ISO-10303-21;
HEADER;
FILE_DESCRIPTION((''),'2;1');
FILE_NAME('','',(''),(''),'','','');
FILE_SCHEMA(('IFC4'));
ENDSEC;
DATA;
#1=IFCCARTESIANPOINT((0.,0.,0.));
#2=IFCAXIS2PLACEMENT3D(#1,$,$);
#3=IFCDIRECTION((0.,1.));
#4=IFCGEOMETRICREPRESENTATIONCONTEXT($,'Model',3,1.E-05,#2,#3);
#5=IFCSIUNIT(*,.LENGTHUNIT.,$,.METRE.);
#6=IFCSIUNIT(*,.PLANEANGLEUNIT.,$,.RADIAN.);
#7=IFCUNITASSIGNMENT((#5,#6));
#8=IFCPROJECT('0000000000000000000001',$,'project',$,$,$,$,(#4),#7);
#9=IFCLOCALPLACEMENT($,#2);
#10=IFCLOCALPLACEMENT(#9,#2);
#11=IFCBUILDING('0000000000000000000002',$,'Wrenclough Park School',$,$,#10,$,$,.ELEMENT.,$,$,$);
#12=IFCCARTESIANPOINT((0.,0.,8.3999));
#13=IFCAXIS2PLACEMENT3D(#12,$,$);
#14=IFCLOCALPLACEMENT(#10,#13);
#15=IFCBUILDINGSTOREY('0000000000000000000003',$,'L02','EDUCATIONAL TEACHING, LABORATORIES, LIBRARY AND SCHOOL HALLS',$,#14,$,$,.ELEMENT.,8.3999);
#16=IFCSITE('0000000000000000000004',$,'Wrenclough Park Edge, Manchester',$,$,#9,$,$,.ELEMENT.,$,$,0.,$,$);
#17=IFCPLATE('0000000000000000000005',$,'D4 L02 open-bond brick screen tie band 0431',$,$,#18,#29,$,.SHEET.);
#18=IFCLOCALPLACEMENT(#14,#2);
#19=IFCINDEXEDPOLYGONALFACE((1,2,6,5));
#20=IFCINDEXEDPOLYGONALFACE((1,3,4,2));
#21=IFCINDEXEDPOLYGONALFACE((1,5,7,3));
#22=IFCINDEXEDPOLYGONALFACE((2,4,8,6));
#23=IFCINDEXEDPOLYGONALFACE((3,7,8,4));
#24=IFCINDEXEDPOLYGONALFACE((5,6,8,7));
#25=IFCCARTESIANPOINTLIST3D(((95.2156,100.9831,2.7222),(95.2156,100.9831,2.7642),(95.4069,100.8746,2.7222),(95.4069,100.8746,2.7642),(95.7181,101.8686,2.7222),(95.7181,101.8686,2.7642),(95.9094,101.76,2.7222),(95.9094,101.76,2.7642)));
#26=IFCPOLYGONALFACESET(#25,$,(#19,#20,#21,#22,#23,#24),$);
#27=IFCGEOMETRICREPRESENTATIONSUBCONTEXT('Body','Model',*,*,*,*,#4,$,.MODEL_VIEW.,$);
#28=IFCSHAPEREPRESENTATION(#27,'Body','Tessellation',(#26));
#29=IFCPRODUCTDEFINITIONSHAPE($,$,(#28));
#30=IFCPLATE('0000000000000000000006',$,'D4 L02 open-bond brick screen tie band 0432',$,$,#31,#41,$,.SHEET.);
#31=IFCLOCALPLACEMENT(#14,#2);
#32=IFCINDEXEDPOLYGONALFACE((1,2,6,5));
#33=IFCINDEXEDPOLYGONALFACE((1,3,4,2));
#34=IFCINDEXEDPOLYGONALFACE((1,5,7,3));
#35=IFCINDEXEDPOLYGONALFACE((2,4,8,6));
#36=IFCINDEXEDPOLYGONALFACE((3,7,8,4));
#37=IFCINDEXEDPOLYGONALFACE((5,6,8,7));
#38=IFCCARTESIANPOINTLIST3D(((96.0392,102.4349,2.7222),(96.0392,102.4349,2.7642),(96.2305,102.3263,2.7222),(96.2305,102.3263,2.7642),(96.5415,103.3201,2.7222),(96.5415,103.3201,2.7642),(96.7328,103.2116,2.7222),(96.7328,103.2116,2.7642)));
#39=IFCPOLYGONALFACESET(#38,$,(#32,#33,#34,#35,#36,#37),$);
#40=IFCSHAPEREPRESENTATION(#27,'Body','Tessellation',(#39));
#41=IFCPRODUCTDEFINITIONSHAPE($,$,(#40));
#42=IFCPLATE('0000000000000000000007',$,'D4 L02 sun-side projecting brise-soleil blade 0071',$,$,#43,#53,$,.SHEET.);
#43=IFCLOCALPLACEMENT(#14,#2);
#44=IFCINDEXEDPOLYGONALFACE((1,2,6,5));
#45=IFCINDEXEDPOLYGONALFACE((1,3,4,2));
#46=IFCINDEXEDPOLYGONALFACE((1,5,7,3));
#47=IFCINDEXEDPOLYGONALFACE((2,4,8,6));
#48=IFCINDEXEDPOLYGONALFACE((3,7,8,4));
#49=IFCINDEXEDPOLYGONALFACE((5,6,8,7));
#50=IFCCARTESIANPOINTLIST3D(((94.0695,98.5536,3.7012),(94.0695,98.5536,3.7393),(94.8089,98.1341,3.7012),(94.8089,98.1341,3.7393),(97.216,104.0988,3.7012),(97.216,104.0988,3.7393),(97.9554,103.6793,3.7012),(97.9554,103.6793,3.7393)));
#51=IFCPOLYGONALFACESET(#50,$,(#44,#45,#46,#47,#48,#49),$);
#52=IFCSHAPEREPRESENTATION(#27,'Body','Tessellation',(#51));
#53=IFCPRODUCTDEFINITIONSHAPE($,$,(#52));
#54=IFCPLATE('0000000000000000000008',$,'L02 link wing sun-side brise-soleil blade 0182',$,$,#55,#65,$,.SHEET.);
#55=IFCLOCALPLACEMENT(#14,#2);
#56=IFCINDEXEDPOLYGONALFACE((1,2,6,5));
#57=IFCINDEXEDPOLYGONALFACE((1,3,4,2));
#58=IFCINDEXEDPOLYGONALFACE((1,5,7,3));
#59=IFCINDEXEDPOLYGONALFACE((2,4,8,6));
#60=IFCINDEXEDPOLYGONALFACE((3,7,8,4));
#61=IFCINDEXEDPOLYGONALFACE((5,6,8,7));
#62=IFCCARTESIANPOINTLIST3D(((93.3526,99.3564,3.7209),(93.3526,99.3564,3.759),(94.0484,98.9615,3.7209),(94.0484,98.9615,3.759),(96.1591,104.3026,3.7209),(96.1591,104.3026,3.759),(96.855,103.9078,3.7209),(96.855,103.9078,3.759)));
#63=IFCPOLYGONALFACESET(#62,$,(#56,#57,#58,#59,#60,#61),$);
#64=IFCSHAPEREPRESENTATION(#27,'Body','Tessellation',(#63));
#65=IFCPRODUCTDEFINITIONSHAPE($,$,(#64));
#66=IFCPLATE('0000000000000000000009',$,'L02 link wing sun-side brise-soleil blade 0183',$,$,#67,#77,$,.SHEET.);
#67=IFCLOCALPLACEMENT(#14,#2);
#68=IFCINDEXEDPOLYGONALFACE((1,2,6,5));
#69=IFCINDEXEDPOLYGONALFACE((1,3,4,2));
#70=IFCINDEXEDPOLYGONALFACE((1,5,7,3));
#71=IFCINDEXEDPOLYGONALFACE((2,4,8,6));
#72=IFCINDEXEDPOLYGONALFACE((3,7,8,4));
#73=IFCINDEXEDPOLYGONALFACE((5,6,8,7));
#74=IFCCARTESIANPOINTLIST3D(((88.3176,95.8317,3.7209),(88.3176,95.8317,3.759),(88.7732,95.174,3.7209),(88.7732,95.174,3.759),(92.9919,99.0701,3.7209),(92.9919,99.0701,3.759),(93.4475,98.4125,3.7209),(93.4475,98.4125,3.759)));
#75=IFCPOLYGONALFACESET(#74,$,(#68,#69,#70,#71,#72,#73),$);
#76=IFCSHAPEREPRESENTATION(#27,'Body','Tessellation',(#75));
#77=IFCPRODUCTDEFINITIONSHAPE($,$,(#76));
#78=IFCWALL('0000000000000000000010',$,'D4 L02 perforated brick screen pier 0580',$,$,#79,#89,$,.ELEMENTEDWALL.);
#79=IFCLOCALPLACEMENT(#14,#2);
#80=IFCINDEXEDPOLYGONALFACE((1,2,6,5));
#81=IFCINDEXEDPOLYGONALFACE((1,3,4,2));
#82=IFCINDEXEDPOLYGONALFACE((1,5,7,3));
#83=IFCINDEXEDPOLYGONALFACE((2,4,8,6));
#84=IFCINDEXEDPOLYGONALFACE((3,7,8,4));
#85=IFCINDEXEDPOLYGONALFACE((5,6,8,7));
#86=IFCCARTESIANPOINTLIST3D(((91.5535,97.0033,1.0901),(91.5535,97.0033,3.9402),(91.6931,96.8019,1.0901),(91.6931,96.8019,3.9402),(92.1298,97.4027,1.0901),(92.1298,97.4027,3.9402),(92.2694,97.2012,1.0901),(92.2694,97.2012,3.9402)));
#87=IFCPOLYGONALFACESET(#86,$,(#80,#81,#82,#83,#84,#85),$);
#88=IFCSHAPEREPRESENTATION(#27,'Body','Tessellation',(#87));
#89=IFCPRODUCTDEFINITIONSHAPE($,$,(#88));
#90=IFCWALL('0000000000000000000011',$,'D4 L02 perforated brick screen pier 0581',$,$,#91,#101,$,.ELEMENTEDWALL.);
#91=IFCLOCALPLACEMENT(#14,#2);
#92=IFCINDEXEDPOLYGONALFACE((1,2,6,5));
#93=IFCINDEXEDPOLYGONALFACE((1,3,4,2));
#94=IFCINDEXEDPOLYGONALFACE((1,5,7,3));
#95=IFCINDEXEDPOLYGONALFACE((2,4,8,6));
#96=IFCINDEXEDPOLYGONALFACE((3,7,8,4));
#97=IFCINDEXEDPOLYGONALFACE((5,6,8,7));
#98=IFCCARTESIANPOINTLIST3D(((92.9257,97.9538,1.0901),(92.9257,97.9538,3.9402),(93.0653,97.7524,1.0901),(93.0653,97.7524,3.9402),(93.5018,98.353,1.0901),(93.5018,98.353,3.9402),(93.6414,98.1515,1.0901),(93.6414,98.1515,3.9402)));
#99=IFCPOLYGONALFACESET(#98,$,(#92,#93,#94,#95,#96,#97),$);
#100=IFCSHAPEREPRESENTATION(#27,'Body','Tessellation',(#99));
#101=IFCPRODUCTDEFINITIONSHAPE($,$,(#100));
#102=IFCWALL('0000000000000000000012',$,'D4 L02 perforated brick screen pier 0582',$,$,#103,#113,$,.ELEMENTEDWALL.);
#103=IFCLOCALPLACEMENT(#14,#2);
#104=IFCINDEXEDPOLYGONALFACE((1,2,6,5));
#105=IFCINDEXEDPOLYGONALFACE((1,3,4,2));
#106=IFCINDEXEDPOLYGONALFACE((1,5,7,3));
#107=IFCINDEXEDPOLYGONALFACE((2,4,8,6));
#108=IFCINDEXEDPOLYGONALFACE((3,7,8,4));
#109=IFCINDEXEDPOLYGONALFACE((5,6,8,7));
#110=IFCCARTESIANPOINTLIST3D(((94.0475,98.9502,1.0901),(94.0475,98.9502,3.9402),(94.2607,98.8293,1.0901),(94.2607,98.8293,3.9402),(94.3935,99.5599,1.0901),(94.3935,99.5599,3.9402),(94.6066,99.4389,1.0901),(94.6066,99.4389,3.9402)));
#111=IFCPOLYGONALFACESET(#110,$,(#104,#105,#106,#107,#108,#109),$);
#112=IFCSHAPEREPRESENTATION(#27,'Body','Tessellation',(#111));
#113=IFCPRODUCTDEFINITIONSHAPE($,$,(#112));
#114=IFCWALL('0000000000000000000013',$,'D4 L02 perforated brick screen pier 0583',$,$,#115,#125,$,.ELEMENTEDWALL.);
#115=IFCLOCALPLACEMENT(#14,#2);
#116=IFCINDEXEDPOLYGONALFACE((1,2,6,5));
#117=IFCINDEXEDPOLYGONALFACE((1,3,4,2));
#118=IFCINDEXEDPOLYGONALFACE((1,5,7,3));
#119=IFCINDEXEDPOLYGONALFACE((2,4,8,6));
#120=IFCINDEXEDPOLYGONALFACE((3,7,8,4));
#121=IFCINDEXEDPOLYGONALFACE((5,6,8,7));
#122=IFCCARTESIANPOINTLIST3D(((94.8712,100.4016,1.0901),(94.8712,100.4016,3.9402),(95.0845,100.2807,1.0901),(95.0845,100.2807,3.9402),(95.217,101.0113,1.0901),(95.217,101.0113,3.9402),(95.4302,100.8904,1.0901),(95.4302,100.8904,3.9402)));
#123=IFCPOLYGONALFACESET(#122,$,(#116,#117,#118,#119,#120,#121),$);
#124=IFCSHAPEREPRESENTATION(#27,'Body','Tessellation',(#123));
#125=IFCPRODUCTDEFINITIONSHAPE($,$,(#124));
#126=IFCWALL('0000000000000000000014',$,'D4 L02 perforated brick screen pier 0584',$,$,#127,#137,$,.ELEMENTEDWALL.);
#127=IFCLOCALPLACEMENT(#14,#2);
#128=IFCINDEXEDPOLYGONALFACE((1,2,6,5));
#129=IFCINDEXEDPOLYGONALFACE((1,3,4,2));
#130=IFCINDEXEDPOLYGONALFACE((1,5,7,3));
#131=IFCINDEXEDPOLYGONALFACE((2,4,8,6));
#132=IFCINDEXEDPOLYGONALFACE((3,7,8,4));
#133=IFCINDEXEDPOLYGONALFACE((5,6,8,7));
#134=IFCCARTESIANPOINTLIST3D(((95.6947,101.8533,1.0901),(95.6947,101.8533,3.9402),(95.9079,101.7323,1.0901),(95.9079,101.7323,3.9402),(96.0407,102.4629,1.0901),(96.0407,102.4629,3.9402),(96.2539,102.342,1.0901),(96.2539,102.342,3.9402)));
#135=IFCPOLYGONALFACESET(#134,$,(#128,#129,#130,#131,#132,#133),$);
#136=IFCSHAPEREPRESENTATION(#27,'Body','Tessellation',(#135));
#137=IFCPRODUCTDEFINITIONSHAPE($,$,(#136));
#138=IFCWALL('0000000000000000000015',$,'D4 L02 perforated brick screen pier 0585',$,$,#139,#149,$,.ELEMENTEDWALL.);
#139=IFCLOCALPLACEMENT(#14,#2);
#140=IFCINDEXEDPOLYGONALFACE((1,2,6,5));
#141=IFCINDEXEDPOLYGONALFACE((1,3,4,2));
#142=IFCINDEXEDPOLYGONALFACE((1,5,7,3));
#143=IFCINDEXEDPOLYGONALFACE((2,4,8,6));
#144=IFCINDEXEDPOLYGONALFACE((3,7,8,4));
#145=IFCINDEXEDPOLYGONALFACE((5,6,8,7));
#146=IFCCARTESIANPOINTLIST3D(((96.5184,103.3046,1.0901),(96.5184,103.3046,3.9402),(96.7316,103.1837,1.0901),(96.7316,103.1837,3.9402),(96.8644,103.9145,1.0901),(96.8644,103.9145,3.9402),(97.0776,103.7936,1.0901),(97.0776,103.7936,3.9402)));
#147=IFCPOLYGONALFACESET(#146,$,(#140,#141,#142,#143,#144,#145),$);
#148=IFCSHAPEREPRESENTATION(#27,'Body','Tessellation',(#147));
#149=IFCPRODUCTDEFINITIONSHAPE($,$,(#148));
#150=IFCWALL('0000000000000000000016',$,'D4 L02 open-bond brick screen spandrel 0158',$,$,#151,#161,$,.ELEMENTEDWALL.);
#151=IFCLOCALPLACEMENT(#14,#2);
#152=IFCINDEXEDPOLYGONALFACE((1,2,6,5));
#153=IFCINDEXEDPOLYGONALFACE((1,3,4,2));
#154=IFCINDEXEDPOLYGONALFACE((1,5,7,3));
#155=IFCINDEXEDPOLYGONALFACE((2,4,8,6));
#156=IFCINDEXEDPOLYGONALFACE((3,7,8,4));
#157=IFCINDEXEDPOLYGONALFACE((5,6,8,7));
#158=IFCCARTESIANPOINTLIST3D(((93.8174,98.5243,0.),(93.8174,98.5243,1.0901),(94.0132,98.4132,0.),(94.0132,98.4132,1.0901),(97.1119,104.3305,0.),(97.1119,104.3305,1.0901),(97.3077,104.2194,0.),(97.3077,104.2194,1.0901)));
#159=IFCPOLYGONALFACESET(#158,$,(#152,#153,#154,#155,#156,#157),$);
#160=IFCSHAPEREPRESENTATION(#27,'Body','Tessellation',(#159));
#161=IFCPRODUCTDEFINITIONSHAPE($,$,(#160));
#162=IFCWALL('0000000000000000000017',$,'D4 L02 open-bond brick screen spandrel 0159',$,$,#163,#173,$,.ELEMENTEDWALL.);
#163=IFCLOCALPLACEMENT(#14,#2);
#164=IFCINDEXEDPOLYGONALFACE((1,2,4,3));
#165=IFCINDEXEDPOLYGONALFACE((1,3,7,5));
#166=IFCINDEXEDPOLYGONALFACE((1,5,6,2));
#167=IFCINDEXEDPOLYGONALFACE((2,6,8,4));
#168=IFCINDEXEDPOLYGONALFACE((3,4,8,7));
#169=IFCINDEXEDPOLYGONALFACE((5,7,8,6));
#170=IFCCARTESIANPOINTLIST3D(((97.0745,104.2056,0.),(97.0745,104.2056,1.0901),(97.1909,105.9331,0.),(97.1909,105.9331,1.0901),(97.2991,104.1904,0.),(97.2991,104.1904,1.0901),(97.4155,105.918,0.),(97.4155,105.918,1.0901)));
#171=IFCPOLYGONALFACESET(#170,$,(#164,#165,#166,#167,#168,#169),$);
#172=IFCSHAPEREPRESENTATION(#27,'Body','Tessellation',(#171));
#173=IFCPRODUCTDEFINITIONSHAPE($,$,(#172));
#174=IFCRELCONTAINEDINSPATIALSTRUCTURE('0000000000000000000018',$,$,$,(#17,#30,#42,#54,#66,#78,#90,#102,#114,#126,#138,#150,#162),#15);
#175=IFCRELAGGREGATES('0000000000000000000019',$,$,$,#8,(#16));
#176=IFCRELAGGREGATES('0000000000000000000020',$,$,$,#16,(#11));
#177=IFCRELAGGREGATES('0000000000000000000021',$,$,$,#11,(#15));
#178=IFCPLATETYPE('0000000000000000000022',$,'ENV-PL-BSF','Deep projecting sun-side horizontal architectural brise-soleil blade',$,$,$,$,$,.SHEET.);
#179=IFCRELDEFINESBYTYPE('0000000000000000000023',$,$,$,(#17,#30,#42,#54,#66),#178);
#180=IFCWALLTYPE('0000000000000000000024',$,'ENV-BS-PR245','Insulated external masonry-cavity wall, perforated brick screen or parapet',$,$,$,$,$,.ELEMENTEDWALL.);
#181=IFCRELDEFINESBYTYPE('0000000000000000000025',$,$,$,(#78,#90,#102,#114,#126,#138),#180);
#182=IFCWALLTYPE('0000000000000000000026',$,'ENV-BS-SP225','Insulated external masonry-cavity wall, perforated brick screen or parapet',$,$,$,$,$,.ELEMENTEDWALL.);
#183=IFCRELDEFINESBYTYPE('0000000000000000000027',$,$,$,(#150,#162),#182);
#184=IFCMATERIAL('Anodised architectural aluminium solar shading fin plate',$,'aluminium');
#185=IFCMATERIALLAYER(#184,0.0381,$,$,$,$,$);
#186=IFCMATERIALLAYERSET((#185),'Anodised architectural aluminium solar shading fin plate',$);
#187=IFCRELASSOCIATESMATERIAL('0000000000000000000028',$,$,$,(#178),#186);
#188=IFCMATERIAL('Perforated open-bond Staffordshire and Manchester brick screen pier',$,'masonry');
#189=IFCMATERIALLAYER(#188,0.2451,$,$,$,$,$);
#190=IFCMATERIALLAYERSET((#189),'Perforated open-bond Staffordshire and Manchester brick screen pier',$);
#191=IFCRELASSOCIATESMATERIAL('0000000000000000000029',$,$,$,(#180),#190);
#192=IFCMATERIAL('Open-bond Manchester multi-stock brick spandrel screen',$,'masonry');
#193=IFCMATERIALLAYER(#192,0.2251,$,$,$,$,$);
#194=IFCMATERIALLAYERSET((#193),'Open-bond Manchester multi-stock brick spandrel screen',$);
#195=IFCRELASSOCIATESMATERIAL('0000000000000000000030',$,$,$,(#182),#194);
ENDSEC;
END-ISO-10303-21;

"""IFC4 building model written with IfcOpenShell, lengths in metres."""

from ifc_helpers import new_model, si_unit, direction, frame, frame_2d, origin, origin_2d, place, context, subcontext, project, spatial, rectangle, extrude, material, layer, layer_set, type_object, element, save


model = new_model("IFC4")

# Units and contexts
model_context = context("Model", 3, precision=1e-05, world=origin(), true_north=direction((0.0, 1.0)))
body_context = subcontext(model_context, "Body", "Model", "MODEL_VIEW")
ifc_project = project(units=[si_unit("LENGTHUNIT", "METRE"), si_unit("PLANEANGLEUNIT", "RADIAN")], contexts=[model_context])

# Site, building, storey
site_placement = place(None, origin())
site = spatial("IfcSite", under=ifc_project, at=site_placement, Name="Wrenclough Park Edge, Manchester", CompositionType="ELEMENT", RefElevation=0.0)
building_placement = place(site_placement, origin())
building = spatial("IfcBuilding", under=site, at=building_placement, Name="Wrenclough Park School", CompositionType="ELEMENT")
storey_placement = place(building_placement, frame((0.0, 0.0, 8.3999)))
storey = spatial("IfcBuildingStorey", under=building, at=storey_placement, Name="L02", Description="EDUCATIONAL TEACHING, LABORATORIES, LIBRARY AND SCHOOL HALLS", CompositionType="ELEMENT", Elevation=8.3999)

# Plates
ifc_material_1 = material(Name="Anodised architectural aluminium solar shading fin plate", Category="aluminium")
ifc_layer_1 = layer(ifc_material_1, 0.0381)
ifc_layer_set_1 = layer_set([ifc_layer_1], Name="Anodised architectural aluminium solar shading fin plate")
plate_type = type_object("IfcPlateType", Name="ENV-PL-BSF", Description="Deep projecting sun-side horizontal architectural brise-soleil blade", PredefinedType="SHEET", material=ifc_layer_set_1)
plate_1_placement = place(storey_placement, frame((95.5625, 101.3716, 2.7222), z_axis=(0.0, 0.0, 1.0), x_axis=(0.493509, 0.869741, 0.0)))
element("IfcPlate", 1, at=plate_1_placement, inside=storey, type_object=plate_type, Name="D4 L02 open-bond brick screen tie band 0431", PredefinedType="SHEET", context=body_context, shape_type="SweptSolid", body=[
    extrude(rectangle(XDim=1.0181, YDim=0.22, at=origin_2d()), origin(), (0.0, 0.0, 1.0), 0.042),
])
plate_2_placement = place(storey_placement, frame((96.386, 102.8232, 2.7222), z_axis=(0.0, 0.0, 1.0), x_axis=(0.493509, 0.869741, 0.0)))
element("IfcPlate", 2, at=plate_2_placement, inside=storey, type_object=plate_type, Name="D4 L02 open-bond brick screen tie band 0432", PredefinedType="SHEET", context=body_context, shape_type="SweptSolid", body=[
    extrude(rectangle(XDim=1.0178, YDim=0.22, at=origin_2d()), origin(), (0.0, 0.0, 1.0), 0.042),
])
plate_3_placement = place(storey_placement, frame((96.0125, 101.1165, 3.7012), z_axis=(0.0, 0.0, 1.0), x_axis=(0.493509, 0.869741, 0.0)))
element("IfcPlate", 3, at=plate_3_placement, inside=storey, type_object=plate_type, Name="D4 L02 sun-side projecting brise-soleil blade 0071", PredefinedType="SHEET", context=body_context, shape_type="SweptSolid", body=[
    extrude(rectangle(XDim=6.3757, YDim=0.8501, at=origin_2d()), origin(), (0.0, 0.0, 1.0), 0.0381),
])
plate_4_placement = place(storey_placement, frame((95.1038, 101.6321, 3.7209), z_axis=(0.0, 0.0, 1.0), x_axis=(-0.493504, -0.869743, 0.0)))
element("IfcPlate", 4, at=plate_4_placement, inside=storey, type_object=plate_type, Name="L02 link wing sun-side brise-soleil blade 0182", PredefinedType="SHEET", context=body_context, shape_type="SweptSolid", body=[
    extrude(rectangle(XDim=5.687, YDim=0.8, at=origin_2d()), origin(), (0.0, 0.0, 1.0), 0.0381),
])
plate_5_placement = place(storey_placement, frame((90.8826, 97.1221, 3.7209), z_axis=(0.0, 0.0, 1.0), x_axis=(-0.821999, -0.569489, 0.0)))
element("IfcPlate", 5, at=plate_5_placement, inside=storey, type_object=plate_type, Name="L02 link wing sun-side brise-soleil blade 0183", PredefinedType="SHEET", context=body_context, shape_type="SweptSolid", body=[
    extrude(rectangle(XDim=5.6865, YDim=0.8, at=origin_2d()), origin(), (0.0, 0.0, 1.0), 0.0381),
])

# Walls
ifc_material_2 = material(Name="Perforated open-bond Staffordshire and Manchester brick screen pier", Category="masonry")
ifc_layer_2 = layer(ifc_material_2, 0.2451)
ifc_layer_set_2 = layer_set([ifc_layer_2], Name="Perforated open-bond Staffordshire and Manchester brick screen pier")
wall_type_1 = type_object("IfcWallType", Name="ENV-BS-PR245", Description="Insulated external masonry-cavity wall, perforated brick screen or parapet", PredefinedType="ELEMENTEDWALL", material=ifc_layer_set_2)
wall_1_placement = place(storey_placement, frame((91.6233, 96.9026, 1.0901), z_axis=(0.0, 0.0, 1.0), x_axis=(0.821954, 0.569554, 0.0)))
element("IfcWall", 6, at=wall_1_placement, inside=storey, type_object=wall_type_1, Name="D4 L02 perforated brick screen pier 0580", PredefinedType="ELEMENTEDWALL", context=body_context, shape_type="SweptSolid", body=[
    extrude(rectangle(XDim=0.7012, YDim=0.2451, at=frame_2d((0.3506, 0.0))), origin(), (0.0, 0.0, 1.0), 2.8501),
])
for number, where, z_axis, x_axis, name in (
    (7, (92.9954, 97.853, 1.0901), (0.0, 0.0, 1.0), (0.822004, 0.569482, 0.0), "D4 L02 perforated brick screen pier 0581"),
    (8, (94.1541, 98.8896, 1.0901), (0.0, 0.0, 1.0), (0.493549, 0.869718, 0.0), "D4 L02 perforated brick screen pier 0582"),
    (9, (94.9778, 100.3411, 1.0901), (0.0, 0.0, 1.0), (0.493285, 0.869868, 0.0), "D4 L02 perforated brick screen pier 0583"),
    (10, (95.8013, 101.7927, 1.0901), (0.0, 0.0, 1.0), (0.493549, 0.869718, 0.0), "D4 L02 perforated brick screen pier 0584"),
):
    element("IfcWall", number, at=place(storey_placement, frame(where, z_axis=z_axis, x_axis=x_axis)), inside=storey, type_object=wall_type_1, Name=name, PredefinedType="ELEMENTEDWALL", context=body_context, shape_type="SweptSolid", body=[
        extrude(rectangle(XDim=0.7009, YDim=0.2451, at=frame_2d((0.3506, 0.0))), origin(), (0.0, 0.0, 1.0), 2.8501),
    ])
wall_2_placement = place(storey_placement, frame((96.625, 103.2441, 1.0901), z_axis=(0.0, 0.0, 1.0), x_axis=(0.493399, 0.869803, 0.0)))
element("IfcWall", 11, at=wall_2_placement, inside=storey, type_object=wall_type_1, Name="D4 L02 perforated brick screen pier 0585", PredefinedType="ELEMENTEDWALL", context=body_context, shape_type="SweptSolid", body=[
    extrude(rectangle(XDim=0.7012, YDim=0.2451, at=frame_2d((0.3506, 0.0))), origin(), (0.0, 0.0, 1.0), 2.8501),
])
ifc_material_3 = material(Name="Open-bond Manchester multi-stock brick spandrel screen", Category="masonry")
ifc_layer_3 = layer(ifc_material_3, 0.2251)
ifc_layer_set_3 = layer_set([ifc_layer_3], Name="Open-bond Manchester multi-stock brick spandrel screen")
wall_type_2 = type_object("IfcWallType", Name="ENV-BS-SP225", Description="Insulated external masonry-cavity wall, perforated brick screen or parapet", PredefinedType="ELEMENTEDWALL", material=ifc_layer_set_3)
wall_3_placement = place(storey_placement, frame((93.9153, 98.4688, 0.0), z_axis=(0.0, 0.0, 1.0), x_axis=(0.493498, 0.869747, 0.0)))
element("IfcWall", 12, at=wall_3_placement, inside=storey, type_object=wall_type_2, Name="D4 L02 open-bond brick screen spandrel 0158", PredefinedType="ELEMENTEDWALL", context=body_context, shape_type="SweptSolid", body=[
    extrude(rectangle(XDim=6.6758, YDim=0.2251, at=frame_2d((3.3379, 0.0))), origin(), (0.0, 0.0, 1.0), 1.0901),
])
wall_4_placement = place(storey_placement, frame((97.1868, 104.198, 0.0), z_axis=(0.0, 0.0, 1.0), x_axis=(0.067258, 0.997736, 0.0)))
element("IfcWall", 13, at=wall_4_placement, inside=storey, type_object=wall_type_2, Name="D4 L02 open-bond brick screen spandrel 0159", PredefinedType="ELEMENTEDWALL", context=body_context, shape_type="SweptSolid", body=[
    extrude(rectangle(XDim=1.7314, YDim=0.2251, at=frame_2d((0.8657, 0.0))), origin(), (0.0, 0.0, 1.0), 1.0901),
])

save(model, "model.ifc")
